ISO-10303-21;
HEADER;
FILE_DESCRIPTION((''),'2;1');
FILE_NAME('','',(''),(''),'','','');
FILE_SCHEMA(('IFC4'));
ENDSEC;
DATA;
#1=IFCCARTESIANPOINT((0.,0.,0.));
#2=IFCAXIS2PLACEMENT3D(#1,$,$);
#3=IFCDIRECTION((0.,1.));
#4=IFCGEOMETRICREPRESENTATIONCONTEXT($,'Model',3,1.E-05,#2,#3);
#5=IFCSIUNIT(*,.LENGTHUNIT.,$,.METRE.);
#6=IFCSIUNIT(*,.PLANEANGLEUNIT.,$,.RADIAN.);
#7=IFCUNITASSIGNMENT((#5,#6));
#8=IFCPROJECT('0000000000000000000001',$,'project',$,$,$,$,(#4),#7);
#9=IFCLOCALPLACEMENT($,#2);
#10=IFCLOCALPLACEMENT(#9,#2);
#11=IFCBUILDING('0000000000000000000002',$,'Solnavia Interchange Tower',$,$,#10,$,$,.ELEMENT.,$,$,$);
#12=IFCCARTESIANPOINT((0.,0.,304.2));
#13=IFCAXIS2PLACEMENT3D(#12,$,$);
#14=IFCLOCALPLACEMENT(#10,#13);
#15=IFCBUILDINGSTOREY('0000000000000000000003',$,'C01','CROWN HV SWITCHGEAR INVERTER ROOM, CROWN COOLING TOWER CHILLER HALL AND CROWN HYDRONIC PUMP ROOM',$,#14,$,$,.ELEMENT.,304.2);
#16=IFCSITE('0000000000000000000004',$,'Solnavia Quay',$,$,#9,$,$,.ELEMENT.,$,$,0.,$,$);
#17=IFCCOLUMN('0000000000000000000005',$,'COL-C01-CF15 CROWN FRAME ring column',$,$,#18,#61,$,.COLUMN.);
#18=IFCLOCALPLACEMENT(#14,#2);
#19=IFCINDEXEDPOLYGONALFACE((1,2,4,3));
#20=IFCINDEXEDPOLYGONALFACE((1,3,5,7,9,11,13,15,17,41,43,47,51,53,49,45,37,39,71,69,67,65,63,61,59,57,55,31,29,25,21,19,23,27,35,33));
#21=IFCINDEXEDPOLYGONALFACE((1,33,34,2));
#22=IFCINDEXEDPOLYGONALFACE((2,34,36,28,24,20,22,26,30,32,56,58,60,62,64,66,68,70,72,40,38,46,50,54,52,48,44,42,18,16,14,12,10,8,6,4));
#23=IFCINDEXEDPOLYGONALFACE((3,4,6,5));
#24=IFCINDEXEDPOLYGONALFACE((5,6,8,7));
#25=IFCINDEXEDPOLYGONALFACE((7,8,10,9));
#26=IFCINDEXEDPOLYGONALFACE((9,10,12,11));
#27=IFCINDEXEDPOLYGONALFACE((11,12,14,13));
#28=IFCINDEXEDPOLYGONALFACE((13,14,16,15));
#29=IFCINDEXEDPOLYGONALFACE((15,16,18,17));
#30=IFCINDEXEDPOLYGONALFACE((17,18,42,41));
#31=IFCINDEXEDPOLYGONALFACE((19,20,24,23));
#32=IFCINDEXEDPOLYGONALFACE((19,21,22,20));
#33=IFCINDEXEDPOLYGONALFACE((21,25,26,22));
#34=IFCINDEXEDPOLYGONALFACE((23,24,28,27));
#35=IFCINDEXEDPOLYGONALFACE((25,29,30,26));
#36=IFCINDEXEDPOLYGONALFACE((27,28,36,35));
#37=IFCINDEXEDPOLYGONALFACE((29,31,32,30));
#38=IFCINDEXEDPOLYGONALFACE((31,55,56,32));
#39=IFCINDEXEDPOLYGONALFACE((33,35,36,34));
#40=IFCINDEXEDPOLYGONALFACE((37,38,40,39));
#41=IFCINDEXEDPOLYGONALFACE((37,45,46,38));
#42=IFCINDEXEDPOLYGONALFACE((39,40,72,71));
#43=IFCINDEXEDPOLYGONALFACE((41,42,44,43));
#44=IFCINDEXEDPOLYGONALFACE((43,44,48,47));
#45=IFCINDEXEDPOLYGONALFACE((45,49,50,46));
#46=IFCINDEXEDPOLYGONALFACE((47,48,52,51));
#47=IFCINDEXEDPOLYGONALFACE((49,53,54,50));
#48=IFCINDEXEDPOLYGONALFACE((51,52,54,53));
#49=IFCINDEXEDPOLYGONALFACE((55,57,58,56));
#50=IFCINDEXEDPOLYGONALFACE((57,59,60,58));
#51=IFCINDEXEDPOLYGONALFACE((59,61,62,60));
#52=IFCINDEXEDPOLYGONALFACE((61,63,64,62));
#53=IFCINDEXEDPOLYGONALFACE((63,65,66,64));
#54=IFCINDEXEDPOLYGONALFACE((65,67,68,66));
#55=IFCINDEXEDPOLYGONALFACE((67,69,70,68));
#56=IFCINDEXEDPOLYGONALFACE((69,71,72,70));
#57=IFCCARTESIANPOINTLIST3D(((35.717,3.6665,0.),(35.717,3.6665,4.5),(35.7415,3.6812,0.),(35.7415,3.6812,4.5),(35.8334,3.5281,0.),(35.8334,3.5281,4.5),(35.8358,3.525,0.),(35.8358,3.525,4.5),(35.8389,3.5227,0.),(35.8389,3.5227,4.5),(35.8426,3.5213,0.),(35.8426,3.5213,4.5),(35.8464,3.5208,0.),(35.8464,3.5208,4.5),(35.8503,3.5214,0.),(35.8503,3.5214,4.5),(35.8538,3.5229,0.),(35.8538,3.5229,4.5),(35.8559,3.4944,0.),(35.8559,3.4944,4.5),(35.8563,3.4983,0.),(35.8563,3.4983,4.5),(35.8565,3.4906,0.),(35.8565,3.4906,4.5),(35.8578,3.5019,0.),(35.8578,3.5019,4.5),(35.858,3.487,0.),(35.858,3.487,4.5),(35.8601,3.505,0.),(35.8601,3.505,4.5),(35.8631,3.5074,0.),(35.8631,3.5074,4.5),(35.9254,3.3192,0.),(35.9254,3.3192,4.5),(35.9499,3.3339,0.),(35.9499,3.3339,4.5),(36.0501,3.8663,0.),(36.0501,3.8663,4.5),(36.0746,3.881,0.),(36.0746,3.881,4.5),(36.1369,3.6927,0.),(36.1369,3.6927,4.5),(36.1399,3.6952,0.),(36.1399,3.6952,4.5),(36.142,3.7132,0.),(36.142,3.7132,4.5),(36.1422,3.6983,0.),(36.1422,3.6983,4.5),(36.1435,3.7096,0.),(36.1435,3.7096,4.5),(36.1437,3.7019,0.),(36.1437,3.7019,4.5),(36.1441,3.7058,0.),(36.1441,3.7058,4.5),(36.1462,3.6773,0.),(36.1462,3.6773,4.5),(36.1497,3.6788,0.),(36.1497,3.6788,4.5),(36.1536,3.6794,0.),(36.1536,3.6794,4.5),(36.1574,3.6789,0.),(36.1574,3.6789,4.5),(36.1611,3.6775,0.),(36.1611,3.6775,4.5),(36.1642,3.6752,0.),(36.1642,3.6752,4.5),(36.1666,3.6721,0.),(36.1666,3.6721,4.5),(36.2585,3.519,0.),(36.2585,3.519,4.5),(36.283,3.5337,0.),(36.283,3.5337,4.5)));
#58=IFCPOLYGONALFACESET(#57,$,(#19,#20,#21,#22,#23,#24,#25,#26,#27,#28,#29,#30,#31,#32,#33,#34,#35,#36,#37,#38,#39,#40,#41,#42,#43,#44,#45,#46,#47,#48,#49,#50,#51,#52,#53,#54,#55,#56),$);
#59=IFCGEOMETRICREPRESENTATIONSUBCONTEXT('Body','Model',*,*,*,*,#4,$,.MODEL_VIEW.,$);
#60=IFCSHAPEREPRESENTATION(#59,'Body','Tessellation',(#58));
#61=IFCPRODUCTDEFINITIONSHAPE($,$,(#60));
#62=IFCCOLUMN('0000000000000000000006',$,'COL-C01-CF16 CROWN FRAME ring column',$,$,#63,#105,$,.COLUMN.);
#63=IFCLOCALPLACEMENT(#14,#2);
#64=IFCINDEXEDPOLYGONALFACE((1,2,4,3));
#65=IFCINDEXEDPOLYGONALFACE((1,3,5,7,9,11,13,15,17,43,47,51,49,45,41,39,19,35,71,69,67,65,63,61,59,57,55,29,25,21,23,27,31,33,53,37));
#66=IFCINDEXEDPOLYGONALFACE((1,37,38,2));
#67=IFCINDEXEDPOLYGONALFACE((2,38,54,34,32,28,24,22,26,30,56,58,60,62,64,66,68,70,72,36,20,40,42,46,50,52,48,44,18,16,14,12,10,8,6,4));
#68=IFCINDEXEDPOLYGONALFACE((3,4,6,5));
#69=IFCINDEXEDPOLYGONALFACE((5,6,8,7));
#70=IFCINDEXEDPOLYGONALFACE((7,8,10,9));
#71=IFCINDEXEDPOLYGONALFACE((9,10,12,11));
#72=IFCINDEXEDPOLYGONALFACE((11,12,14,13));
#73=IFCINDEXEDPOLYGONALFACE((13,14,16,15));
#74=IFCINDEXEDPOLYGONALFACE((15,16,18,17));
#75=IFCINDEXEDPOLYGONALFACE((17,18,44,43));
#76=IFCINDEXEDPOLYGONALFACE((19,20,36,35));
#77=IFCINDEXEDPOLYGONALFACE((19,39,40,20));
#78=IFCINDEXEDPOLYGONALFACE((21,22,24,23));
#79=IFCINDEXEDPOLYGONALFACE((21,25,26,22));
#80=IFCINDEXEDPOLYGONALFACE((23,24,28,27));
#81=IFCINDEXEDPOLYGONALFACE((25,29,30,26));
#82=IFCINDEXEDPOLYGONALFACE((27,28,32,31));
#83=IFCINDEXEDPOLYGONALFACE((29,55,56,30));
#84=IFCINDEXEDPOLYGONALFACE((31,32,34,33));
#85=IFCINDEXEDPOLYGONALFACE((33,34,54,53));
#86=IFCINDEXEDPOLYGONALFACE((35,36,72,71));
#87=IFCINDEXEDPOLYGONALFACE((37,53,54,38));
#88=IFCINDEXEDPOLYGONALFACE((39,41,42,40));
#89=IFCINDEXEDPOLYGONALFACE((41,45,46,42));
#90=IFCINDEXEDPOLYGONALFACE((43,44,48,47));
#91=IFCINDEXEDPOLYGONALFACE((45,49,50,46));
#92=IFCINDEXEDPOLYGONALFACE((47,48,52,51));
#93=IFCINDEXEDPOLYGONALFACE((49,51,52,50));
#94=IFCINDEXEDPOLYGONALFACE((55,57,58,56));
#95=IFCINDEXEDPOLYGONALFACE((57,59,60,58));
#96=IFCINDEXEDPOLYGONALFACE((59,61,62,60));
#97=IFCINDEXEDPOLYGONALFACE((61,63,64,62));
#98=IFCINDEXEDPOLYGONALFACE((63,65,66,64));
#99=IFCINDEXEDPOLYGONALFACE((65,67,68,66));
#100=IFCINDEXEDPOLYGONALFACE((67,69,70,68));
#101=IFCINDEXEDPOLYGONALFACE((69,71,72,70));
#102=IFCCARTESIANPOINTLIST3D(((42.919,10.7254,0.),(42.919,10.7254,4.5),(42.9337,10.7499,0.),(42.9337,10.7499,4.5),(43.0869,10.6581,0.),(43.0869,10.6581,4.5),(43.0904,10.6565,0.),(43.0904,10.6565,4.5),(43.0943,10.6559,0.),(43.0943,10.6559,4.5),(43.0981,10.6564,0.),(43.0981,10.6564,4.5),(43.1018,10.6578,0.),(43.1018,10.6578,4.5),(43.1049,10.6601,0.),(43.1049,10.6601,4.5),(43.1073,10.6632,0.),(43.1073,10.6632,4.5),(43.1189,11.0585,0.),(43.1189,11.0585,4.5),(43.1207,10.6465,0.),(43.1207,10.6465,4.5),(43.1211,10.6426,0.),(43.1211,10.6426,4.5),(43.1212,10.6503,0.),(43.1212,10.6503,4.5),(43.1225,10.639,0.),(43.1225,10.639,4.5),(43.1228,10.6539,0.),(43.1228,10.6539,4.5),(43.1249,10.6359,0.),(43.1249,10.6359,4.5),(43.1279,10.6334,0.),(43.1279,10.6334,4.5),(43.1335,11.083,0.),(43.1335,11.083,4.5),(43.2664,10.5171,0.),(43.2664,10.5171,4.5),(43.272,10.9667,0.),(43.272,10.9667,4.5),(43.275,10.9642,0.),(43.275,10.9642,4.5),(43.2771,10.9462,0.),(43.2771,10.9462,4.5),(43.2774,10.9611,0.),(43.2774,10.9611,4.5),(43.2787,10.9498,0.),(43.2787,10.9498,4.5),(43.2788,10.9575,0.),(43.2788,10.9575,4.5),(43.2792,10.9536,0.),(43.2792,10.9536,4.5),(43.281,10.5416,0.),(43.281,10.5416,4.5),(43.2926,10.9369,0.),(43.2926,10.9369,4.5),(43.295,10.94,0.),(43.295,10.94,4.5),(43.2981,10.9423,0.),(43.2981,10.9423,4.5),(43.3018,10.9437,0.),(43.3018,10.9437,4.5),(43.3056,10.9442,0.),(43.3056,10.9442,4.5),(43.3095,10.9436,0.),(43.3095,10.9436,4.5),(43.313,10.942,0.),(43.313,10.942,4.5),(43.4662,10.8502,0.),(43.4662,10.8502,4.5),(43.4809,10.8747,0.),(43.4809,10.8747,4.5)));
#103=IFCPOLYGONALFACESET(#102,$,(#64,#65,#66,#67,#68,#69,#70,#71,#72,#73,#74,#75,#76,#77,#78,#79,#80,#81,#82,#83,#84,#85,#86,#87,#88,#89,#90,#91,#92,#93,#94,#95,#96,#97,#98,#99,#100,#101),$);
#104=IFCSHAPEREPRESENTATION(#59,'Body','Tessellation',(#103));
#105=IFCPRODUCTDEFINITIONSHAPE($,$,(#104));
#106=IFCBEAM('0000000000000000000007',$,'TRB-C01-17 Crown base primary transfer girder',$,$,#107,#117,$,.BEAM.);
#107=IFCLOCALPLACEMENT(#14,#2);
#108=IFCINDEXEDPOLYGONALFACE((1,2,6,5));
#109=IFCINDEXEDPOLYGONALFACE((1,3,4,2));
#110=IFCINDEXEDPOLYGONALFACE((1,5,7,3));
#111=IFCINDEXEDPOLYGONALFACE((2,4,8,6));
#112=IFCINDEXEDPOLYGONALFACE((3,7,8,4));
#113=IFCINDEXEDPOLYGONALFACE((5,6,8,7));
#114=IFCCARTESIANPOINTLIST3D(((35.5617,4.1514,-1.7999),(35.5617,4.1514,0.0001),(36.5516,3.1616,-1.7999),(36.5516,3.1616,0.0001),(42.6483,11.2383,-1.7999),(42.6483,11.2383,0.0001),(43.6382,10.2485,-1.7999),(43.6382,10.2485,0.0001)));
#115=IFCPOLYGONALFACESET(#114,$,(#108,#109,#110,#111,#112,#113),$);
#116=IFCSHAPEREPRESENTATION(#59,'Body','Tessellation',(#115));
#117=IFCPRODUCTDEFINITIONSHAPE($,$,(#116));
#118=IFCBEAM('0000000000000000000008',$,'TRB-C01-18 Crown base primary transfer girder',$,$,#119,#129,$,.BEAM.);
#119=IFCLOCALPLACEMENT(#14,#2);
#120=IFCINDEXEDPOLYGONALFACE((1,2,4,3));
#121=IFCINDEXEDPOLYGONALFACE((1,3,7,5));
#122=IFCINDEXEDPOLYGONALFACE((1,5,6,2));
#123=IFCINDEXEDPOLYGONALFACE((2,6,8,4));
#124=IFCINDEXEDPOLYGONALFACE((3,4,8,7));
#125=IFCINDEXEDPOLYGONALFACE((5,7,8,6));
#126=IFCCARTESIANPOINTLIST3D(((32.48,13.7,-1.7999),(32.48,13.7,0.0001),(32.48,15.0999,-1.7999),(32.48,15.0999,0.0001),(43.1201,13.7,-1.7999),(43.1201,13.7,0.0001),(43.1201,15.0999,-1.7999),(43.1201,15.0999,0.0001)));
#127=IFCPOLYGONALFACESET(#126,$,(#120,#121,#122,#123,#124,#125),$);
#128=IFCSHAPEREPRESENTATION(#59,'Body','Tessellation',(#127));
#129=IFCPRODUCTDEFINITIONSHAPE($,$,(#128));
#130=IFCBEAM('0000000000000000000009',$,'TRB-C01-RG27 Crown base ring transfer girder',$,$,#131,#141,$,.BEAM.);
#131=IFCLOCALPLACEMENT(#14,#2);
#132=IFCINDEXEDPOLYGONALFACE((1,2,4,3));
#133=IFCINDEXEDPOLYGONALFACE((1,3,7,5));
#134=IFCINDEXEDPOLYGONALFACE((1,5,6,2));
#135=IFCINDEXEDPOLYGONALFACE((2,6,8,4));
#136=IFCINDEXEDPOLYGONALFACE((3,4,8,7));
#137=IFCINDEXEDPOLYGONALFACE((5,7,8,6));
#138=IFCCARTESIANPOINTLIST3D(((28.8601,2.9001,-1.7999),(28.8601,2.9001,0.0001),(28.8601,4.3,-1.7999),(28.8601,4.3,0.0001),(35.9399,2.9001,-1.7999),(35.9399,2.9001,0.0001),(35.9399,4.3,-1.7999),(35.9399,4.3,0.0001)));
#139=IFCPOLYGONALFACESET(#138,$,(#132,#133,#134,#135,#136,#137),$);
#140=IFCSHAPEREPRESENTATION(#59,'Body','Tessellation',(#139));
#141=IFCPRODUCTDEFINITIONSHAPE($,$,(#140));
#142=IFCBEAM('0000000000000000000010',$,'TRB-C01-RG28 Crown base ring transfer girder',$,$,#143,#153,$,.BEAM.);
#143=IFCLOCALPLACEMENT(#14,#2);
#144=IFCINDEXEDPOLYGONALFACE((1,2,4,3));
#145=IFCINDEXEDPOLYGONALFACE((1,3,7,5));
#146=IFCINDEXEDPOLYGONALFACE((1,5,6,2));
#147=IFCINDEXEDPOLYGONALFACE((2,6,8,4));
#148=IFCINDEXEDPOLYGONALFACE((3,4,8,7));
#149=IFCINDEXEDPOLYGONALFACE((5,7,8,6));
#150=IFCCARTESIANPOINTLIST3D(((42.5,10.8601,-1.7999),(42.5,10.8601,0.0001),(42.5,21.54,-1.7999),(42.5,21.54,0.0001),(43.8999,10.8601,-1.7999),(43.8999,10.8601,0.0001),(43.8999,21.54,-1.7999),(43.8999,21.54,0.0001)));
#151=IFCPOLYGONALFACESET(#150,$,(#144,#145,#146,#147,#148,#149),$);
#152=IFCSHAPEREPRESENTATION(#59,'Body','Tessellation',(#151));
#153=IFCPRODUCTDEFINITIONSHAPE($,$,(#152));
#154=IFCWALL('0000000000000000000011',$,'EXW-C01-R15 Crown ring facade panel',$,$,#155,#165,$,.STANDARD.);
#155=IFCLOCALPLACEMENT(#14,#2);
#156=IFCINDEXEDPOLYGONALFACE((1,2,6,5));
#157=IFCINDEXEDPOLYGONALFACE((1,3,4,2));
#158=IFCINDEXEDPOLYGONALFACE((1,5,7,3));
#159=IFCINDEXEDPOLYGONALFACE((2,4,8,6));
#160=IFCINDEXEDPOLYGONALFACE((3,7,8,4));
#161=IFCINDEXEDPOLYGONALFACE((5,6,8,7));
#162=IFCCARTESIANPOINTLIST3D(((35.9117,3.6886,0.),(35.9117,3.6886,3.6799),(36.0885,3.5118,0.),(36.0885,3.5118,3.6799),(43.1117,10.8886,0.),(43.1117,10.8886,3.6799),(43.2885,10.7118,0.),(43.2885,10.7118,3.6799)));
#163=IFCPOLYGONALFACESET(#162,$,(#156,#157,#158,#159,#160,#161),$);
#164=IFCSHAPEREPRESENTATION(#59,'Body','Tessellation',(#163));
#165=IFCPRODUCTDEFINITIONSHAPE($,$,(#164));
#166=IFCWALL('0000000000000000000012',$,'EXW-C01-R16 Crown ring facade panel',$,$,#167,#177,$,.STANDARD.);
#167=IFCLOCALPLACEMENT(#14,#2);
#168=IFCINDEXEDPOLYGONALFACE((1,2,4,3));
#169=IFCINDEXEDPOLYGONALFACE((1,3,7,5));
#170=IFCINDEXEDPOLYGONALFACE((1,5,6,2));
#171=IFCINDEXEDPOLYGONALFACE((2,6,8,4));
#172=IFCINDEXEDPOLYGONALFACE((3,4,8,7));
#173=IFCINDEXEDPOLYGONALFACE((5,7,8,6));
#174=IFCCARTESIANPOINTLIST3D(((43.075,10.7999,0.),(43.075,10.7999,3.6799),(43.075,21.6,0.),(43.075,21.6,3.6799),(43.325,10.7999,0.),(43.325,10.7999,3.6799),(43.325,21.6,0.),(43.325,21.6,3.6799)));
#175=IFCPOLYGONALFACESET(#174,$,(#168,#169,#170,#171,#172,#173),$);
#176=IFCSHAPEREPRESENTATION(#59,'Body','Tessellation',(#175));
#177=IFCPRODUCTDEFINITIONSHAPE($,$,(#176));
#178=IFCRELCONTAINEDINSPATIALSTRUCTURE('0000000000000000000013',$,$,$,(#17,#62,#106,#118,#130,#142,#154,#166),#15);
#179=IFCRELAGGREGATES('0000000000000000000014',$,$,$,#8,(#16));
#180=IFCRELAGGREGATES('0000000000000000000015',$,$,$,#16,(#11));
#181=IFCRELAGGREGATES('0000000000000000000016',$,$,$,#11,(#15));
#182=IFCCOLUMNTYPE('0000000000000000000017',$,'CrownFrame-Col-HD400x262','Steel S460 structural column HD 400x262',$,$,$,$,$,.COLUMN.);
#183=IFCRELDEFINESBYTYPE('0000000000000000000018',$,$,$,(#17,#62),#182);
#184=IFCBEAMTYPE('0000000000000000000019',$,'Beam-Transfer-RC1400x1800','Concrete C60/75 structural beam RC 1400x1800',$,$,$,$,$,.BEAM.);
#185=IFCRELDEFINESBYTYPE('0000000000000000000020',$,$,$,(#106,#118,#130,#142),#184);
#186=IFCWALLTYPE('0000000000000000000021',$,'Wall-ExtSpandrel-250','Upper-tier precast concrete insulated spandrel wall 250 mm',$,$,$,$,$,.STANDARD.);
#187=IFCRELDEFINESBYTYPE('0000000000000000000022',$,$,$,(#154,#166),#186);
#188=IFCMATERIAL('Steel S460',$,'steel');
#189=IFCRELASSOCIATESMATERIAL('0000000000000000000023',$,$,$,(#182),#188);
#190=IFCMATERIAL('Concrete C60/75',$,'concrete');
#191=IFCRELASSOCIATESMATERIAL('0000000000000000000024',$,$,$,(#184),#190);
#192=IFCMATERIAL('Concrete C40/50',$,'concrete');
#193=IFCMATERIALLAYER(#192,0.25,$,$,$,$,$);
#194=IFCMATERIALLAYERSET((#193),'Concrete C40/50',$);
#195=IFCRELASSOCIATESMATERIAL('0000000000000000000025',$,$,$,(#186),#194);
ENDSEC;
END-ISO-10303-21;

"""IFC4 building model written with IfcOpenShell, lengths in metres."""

from ifc_helpers import new_model, si_unit, direction, frame, frame_2d, origin, origin_2d, place, context, subcontext, project, spatial, rectangle, i_section, extrude, material, layer, layer_set, material_profile, profile_set, type_object, element, save


model = new_model("IFC4")

# Units and contexts
model_context = context("Model", 3, precision=1e-05, world=origin(), true_north=direction((0.0, 1.0)))
body_context = subcontext(model_context, "Body", "Model", "MODEL_VIEW")
ifc_project = project(units=[si_unit("LENGTHUNIT", "METRE"), si_unit("PLANEANGLEUNIT", "RADIAN")], contexts=[model_context])

# Site, building, storey
site_placement = place(None, origin())
site = spatial("IfcSite", under=ifc_project, at=site_placement, Name="Solnavia Quay", CompositionType="ELEMENT", RefElevation=0.0)
building_placement = place(site_placement, origin())
building = spatial("IfcBuilding", under=site, at=building_placement, Name="Solnavia Interchange Tower", CompositionType="ELEMENT")
storey_placement = place(building_placement, frame((0.0, 0.0, 304.2)))
storey = spatial("IfcBuildingStorey", under=building, at=storey_placement, Name="C01", Description="CROWN HV SWITCHGEAR INVERTER ROOM, CROWN COOLING TOWER CHILLER HALL AND CROWN HYDRONIC PUMP ROOM", CompositionType="ELEMENT", Elevation=304.2)

# Columns
ifc_material_1 = material(Name="Steel S460", Category="steel")
ifc_material_profile_1 = material_profile(ifc_material_1, i_section(OverallWidth=0.405, OverallDepth=0.417, WebThickness=0.0181, FlangeThickness=0.0286, FilletRadius=0.0149, at=origin_2d()), Name="HD 400x262")
ifc_profile_set_1 = profile_set([ifc_material_profile_1], Name="Steel S460")
column_type = type_object("IfcColumnType", Name="CrownFrame-Col-HD400x262", Description="Steel S460 structural column HD 400x262", PredefinedType="COLUMN", material=ifc_profile_set_1)
for number, where, z_axis, x_axis, name in (
    (1, (36.0, 3.6001, 0.0), (0.0, 0.0, 1.0), (0.51444, -0.857527, 0.0), "COL-C01-CF15 CROWN FRAME ring column"),
    (2, (43.2, 10.8, 0.0), (0.0, 0.0, 1.0), (0.857527, -0.51444, 0.0), "COL-C01-CF16 CROWN FRAME ring column"),
):
    element("IfcColumn", number, at=place(storey_placement, frame(where, z_axis=z_axis, x_axis=x_axis)), inside=storey, type_object=column_type, Name=name, PredefinedType="COLUMN", context=body_context, shape_type="SweptSolid", body=[
        extrude(i_section(OverallWidth=0.405, OverallDepth=0.417, WebThickness=0.0181, FlangeThickness=0.0286, FilletRadius=0.0149, at=origin_2d()), origin(), (0.0, 0.0, 1.0), 4.5),
    ])

# Beams
ifc_material_2 = material(Name="Concrete C60/75", Category="concrete")
ifc_material_profile_2 = material_profile(ifc_material_2, rectangle(XDim=1.3999, YDim=1.8, at=origin_2d()), Name="RC 1400x1800")
ifc_profile_set_2 = profile_set([ifc_material_profile_2], Name="Concrete C60/75")
beam_type = type_object("IfcBeamType", Name="Beam-Transfer-RC1400x1800", Description="Concrete C60/75 structural beam RC 1400x1800", PredefinedType="BEAM", material=ifc_profile_set_2)
beam_1_placement = place(storey_placement, frame((36.0566, 3.6565, -0.8999), z_axis=(0.707095, 0.707119, 0.0), x_axis=(-0.707119, 0.707095, 0.0)))
element("IfcBeam", 3, at=beam_1_placement, inside=storey, type_object=beam_type, Name="TRB-C01-17 Crown base primary transfer girder", PredefinedType="BEAM", context=body_context, shape_type="SweptSolid", body=[
    extrude(rectangle(XDim=1.3999, YDim=1.8, at=origin_2d()), origin(), (0.0, 0.0, 1.0), 10.0222),
])
beam_2_placement = place(storey_placement, frame((32.48, 14.3999, -0.8999), z_axis=(1.0, 0.0, 0.0), x_axis=(0.0, 1.0, 0.0)))
element("IfcBeam", 4, at=beam_2_placement, inside=storey, type_object=beam_type, Name="TRB-C01-18 Crown base primary transfer girder", PredefinedType="BEAM", context=body_context, shape_type="SweptSolid", body=[
    extrude(rectangle(XDim=1.3999, YDim=1.8, at=origin_2d()), origin(), (0.0, 0.0, 1.0), 10.6401),
])
beam_3_placement = place(storey_placement, frame((28.8601, 3.6001, -0.8999), z_axis=(1.0, 0.0, 0.0), x_axis=(0.0, 1.0, 0.0)))
element("IfcBeam", 5, at=beam_3_placement, inside=storey, type_object=beam_type, Name="TRB-C01-RG27 Crown base ring transfer girder", PredefinedType="BEAM", context=body_context, shape_type="SweptSolid", body=[
    extrude(rectangle(XDim=1.3999, YDim=1.8, at=origin_2d()), origin(), (0.0, 0.0, 1.0), 7.0798),
])
beam_4_placement = place(storey_placement, frame((43.2, 10.8601, -0.8999), z_axis=(0.0, 1.0, 0.0), x_axis=(-1.0, 0.0, 0.0)))
element("IfcBeam", 6, at=beam_4_placement, inside=storey, type_object=beam_type, Name="TRB-C01-RG28 Crown base ring transfer girder", PredefinedType="BEAM", context=body_context, shape_type="SweptSolid", body=[
    extrude(rectangle(XDim=1.3999, YDim=1.8, at=origin_2d()), origin(), (0.0, 0.0, 1.0), 10.6799),
])

# Walls
ifc_material_3 = material(Name="Concrete C40/50", Category="concrete")
ifc_layer_1 = layer(ifc_material_3, 0.25)
ifc_layer_set_1 = layer_set([ifc_layer_1], Name="Concrete C40/50")
wall_type_1 = type_object("IfcWallType", Name="Wall-ExtSpandrel-250", Description="Upper-tier precast concrete insulated spandrel wall 250 mm", PredefinedType="STANDARD", material=ifc_layer_set_1)
wall_1_placement = place(storey_placement, frame((36.0, 3.6001, 0.0), z_axis=(0.0, 0.0, 1.0), x_axis=(0.707107, 0.707107, 0.0)))
element("IfcWall", 7, at=wall_1_placement, inside=storey, type_object=wall_type_1, Name="EXW-C01-R15 Crown ring facade panel", PredefinedType="STANDARD", context=body_context, shape_type="SweptSolid", body=[
    extrude(rectangle(XDim=10.1824, YDim=0.25, at=frame_2d((5.0913, 0.0))), origin(), (0.0, 0.0, 1.0), 3.6799),
])
wall_2_placement = place(storey_placement, frame((43.2, 10.8, 0.0), z_axis=(0.0, 0.0, 1.0), x_axis=(0.0, 1.0, 0.0)))
element("IfcWall", 8, at=wall_2_placement, inside=storey, type_object=wall_type_1, Name="EXW-C01-R16 Crown ring facade panel", PredefinedType="STANDARD", context=body_context, shape_type="SweptSolid", body=[
    extrude(rectangle(XDim=10.8, YDim=0.25, at=frame_2d((5.3999, 0.0))), origin(), (0.0, 0.0, 1.0), 3.6799),
])

save(model, "model.ifc")
